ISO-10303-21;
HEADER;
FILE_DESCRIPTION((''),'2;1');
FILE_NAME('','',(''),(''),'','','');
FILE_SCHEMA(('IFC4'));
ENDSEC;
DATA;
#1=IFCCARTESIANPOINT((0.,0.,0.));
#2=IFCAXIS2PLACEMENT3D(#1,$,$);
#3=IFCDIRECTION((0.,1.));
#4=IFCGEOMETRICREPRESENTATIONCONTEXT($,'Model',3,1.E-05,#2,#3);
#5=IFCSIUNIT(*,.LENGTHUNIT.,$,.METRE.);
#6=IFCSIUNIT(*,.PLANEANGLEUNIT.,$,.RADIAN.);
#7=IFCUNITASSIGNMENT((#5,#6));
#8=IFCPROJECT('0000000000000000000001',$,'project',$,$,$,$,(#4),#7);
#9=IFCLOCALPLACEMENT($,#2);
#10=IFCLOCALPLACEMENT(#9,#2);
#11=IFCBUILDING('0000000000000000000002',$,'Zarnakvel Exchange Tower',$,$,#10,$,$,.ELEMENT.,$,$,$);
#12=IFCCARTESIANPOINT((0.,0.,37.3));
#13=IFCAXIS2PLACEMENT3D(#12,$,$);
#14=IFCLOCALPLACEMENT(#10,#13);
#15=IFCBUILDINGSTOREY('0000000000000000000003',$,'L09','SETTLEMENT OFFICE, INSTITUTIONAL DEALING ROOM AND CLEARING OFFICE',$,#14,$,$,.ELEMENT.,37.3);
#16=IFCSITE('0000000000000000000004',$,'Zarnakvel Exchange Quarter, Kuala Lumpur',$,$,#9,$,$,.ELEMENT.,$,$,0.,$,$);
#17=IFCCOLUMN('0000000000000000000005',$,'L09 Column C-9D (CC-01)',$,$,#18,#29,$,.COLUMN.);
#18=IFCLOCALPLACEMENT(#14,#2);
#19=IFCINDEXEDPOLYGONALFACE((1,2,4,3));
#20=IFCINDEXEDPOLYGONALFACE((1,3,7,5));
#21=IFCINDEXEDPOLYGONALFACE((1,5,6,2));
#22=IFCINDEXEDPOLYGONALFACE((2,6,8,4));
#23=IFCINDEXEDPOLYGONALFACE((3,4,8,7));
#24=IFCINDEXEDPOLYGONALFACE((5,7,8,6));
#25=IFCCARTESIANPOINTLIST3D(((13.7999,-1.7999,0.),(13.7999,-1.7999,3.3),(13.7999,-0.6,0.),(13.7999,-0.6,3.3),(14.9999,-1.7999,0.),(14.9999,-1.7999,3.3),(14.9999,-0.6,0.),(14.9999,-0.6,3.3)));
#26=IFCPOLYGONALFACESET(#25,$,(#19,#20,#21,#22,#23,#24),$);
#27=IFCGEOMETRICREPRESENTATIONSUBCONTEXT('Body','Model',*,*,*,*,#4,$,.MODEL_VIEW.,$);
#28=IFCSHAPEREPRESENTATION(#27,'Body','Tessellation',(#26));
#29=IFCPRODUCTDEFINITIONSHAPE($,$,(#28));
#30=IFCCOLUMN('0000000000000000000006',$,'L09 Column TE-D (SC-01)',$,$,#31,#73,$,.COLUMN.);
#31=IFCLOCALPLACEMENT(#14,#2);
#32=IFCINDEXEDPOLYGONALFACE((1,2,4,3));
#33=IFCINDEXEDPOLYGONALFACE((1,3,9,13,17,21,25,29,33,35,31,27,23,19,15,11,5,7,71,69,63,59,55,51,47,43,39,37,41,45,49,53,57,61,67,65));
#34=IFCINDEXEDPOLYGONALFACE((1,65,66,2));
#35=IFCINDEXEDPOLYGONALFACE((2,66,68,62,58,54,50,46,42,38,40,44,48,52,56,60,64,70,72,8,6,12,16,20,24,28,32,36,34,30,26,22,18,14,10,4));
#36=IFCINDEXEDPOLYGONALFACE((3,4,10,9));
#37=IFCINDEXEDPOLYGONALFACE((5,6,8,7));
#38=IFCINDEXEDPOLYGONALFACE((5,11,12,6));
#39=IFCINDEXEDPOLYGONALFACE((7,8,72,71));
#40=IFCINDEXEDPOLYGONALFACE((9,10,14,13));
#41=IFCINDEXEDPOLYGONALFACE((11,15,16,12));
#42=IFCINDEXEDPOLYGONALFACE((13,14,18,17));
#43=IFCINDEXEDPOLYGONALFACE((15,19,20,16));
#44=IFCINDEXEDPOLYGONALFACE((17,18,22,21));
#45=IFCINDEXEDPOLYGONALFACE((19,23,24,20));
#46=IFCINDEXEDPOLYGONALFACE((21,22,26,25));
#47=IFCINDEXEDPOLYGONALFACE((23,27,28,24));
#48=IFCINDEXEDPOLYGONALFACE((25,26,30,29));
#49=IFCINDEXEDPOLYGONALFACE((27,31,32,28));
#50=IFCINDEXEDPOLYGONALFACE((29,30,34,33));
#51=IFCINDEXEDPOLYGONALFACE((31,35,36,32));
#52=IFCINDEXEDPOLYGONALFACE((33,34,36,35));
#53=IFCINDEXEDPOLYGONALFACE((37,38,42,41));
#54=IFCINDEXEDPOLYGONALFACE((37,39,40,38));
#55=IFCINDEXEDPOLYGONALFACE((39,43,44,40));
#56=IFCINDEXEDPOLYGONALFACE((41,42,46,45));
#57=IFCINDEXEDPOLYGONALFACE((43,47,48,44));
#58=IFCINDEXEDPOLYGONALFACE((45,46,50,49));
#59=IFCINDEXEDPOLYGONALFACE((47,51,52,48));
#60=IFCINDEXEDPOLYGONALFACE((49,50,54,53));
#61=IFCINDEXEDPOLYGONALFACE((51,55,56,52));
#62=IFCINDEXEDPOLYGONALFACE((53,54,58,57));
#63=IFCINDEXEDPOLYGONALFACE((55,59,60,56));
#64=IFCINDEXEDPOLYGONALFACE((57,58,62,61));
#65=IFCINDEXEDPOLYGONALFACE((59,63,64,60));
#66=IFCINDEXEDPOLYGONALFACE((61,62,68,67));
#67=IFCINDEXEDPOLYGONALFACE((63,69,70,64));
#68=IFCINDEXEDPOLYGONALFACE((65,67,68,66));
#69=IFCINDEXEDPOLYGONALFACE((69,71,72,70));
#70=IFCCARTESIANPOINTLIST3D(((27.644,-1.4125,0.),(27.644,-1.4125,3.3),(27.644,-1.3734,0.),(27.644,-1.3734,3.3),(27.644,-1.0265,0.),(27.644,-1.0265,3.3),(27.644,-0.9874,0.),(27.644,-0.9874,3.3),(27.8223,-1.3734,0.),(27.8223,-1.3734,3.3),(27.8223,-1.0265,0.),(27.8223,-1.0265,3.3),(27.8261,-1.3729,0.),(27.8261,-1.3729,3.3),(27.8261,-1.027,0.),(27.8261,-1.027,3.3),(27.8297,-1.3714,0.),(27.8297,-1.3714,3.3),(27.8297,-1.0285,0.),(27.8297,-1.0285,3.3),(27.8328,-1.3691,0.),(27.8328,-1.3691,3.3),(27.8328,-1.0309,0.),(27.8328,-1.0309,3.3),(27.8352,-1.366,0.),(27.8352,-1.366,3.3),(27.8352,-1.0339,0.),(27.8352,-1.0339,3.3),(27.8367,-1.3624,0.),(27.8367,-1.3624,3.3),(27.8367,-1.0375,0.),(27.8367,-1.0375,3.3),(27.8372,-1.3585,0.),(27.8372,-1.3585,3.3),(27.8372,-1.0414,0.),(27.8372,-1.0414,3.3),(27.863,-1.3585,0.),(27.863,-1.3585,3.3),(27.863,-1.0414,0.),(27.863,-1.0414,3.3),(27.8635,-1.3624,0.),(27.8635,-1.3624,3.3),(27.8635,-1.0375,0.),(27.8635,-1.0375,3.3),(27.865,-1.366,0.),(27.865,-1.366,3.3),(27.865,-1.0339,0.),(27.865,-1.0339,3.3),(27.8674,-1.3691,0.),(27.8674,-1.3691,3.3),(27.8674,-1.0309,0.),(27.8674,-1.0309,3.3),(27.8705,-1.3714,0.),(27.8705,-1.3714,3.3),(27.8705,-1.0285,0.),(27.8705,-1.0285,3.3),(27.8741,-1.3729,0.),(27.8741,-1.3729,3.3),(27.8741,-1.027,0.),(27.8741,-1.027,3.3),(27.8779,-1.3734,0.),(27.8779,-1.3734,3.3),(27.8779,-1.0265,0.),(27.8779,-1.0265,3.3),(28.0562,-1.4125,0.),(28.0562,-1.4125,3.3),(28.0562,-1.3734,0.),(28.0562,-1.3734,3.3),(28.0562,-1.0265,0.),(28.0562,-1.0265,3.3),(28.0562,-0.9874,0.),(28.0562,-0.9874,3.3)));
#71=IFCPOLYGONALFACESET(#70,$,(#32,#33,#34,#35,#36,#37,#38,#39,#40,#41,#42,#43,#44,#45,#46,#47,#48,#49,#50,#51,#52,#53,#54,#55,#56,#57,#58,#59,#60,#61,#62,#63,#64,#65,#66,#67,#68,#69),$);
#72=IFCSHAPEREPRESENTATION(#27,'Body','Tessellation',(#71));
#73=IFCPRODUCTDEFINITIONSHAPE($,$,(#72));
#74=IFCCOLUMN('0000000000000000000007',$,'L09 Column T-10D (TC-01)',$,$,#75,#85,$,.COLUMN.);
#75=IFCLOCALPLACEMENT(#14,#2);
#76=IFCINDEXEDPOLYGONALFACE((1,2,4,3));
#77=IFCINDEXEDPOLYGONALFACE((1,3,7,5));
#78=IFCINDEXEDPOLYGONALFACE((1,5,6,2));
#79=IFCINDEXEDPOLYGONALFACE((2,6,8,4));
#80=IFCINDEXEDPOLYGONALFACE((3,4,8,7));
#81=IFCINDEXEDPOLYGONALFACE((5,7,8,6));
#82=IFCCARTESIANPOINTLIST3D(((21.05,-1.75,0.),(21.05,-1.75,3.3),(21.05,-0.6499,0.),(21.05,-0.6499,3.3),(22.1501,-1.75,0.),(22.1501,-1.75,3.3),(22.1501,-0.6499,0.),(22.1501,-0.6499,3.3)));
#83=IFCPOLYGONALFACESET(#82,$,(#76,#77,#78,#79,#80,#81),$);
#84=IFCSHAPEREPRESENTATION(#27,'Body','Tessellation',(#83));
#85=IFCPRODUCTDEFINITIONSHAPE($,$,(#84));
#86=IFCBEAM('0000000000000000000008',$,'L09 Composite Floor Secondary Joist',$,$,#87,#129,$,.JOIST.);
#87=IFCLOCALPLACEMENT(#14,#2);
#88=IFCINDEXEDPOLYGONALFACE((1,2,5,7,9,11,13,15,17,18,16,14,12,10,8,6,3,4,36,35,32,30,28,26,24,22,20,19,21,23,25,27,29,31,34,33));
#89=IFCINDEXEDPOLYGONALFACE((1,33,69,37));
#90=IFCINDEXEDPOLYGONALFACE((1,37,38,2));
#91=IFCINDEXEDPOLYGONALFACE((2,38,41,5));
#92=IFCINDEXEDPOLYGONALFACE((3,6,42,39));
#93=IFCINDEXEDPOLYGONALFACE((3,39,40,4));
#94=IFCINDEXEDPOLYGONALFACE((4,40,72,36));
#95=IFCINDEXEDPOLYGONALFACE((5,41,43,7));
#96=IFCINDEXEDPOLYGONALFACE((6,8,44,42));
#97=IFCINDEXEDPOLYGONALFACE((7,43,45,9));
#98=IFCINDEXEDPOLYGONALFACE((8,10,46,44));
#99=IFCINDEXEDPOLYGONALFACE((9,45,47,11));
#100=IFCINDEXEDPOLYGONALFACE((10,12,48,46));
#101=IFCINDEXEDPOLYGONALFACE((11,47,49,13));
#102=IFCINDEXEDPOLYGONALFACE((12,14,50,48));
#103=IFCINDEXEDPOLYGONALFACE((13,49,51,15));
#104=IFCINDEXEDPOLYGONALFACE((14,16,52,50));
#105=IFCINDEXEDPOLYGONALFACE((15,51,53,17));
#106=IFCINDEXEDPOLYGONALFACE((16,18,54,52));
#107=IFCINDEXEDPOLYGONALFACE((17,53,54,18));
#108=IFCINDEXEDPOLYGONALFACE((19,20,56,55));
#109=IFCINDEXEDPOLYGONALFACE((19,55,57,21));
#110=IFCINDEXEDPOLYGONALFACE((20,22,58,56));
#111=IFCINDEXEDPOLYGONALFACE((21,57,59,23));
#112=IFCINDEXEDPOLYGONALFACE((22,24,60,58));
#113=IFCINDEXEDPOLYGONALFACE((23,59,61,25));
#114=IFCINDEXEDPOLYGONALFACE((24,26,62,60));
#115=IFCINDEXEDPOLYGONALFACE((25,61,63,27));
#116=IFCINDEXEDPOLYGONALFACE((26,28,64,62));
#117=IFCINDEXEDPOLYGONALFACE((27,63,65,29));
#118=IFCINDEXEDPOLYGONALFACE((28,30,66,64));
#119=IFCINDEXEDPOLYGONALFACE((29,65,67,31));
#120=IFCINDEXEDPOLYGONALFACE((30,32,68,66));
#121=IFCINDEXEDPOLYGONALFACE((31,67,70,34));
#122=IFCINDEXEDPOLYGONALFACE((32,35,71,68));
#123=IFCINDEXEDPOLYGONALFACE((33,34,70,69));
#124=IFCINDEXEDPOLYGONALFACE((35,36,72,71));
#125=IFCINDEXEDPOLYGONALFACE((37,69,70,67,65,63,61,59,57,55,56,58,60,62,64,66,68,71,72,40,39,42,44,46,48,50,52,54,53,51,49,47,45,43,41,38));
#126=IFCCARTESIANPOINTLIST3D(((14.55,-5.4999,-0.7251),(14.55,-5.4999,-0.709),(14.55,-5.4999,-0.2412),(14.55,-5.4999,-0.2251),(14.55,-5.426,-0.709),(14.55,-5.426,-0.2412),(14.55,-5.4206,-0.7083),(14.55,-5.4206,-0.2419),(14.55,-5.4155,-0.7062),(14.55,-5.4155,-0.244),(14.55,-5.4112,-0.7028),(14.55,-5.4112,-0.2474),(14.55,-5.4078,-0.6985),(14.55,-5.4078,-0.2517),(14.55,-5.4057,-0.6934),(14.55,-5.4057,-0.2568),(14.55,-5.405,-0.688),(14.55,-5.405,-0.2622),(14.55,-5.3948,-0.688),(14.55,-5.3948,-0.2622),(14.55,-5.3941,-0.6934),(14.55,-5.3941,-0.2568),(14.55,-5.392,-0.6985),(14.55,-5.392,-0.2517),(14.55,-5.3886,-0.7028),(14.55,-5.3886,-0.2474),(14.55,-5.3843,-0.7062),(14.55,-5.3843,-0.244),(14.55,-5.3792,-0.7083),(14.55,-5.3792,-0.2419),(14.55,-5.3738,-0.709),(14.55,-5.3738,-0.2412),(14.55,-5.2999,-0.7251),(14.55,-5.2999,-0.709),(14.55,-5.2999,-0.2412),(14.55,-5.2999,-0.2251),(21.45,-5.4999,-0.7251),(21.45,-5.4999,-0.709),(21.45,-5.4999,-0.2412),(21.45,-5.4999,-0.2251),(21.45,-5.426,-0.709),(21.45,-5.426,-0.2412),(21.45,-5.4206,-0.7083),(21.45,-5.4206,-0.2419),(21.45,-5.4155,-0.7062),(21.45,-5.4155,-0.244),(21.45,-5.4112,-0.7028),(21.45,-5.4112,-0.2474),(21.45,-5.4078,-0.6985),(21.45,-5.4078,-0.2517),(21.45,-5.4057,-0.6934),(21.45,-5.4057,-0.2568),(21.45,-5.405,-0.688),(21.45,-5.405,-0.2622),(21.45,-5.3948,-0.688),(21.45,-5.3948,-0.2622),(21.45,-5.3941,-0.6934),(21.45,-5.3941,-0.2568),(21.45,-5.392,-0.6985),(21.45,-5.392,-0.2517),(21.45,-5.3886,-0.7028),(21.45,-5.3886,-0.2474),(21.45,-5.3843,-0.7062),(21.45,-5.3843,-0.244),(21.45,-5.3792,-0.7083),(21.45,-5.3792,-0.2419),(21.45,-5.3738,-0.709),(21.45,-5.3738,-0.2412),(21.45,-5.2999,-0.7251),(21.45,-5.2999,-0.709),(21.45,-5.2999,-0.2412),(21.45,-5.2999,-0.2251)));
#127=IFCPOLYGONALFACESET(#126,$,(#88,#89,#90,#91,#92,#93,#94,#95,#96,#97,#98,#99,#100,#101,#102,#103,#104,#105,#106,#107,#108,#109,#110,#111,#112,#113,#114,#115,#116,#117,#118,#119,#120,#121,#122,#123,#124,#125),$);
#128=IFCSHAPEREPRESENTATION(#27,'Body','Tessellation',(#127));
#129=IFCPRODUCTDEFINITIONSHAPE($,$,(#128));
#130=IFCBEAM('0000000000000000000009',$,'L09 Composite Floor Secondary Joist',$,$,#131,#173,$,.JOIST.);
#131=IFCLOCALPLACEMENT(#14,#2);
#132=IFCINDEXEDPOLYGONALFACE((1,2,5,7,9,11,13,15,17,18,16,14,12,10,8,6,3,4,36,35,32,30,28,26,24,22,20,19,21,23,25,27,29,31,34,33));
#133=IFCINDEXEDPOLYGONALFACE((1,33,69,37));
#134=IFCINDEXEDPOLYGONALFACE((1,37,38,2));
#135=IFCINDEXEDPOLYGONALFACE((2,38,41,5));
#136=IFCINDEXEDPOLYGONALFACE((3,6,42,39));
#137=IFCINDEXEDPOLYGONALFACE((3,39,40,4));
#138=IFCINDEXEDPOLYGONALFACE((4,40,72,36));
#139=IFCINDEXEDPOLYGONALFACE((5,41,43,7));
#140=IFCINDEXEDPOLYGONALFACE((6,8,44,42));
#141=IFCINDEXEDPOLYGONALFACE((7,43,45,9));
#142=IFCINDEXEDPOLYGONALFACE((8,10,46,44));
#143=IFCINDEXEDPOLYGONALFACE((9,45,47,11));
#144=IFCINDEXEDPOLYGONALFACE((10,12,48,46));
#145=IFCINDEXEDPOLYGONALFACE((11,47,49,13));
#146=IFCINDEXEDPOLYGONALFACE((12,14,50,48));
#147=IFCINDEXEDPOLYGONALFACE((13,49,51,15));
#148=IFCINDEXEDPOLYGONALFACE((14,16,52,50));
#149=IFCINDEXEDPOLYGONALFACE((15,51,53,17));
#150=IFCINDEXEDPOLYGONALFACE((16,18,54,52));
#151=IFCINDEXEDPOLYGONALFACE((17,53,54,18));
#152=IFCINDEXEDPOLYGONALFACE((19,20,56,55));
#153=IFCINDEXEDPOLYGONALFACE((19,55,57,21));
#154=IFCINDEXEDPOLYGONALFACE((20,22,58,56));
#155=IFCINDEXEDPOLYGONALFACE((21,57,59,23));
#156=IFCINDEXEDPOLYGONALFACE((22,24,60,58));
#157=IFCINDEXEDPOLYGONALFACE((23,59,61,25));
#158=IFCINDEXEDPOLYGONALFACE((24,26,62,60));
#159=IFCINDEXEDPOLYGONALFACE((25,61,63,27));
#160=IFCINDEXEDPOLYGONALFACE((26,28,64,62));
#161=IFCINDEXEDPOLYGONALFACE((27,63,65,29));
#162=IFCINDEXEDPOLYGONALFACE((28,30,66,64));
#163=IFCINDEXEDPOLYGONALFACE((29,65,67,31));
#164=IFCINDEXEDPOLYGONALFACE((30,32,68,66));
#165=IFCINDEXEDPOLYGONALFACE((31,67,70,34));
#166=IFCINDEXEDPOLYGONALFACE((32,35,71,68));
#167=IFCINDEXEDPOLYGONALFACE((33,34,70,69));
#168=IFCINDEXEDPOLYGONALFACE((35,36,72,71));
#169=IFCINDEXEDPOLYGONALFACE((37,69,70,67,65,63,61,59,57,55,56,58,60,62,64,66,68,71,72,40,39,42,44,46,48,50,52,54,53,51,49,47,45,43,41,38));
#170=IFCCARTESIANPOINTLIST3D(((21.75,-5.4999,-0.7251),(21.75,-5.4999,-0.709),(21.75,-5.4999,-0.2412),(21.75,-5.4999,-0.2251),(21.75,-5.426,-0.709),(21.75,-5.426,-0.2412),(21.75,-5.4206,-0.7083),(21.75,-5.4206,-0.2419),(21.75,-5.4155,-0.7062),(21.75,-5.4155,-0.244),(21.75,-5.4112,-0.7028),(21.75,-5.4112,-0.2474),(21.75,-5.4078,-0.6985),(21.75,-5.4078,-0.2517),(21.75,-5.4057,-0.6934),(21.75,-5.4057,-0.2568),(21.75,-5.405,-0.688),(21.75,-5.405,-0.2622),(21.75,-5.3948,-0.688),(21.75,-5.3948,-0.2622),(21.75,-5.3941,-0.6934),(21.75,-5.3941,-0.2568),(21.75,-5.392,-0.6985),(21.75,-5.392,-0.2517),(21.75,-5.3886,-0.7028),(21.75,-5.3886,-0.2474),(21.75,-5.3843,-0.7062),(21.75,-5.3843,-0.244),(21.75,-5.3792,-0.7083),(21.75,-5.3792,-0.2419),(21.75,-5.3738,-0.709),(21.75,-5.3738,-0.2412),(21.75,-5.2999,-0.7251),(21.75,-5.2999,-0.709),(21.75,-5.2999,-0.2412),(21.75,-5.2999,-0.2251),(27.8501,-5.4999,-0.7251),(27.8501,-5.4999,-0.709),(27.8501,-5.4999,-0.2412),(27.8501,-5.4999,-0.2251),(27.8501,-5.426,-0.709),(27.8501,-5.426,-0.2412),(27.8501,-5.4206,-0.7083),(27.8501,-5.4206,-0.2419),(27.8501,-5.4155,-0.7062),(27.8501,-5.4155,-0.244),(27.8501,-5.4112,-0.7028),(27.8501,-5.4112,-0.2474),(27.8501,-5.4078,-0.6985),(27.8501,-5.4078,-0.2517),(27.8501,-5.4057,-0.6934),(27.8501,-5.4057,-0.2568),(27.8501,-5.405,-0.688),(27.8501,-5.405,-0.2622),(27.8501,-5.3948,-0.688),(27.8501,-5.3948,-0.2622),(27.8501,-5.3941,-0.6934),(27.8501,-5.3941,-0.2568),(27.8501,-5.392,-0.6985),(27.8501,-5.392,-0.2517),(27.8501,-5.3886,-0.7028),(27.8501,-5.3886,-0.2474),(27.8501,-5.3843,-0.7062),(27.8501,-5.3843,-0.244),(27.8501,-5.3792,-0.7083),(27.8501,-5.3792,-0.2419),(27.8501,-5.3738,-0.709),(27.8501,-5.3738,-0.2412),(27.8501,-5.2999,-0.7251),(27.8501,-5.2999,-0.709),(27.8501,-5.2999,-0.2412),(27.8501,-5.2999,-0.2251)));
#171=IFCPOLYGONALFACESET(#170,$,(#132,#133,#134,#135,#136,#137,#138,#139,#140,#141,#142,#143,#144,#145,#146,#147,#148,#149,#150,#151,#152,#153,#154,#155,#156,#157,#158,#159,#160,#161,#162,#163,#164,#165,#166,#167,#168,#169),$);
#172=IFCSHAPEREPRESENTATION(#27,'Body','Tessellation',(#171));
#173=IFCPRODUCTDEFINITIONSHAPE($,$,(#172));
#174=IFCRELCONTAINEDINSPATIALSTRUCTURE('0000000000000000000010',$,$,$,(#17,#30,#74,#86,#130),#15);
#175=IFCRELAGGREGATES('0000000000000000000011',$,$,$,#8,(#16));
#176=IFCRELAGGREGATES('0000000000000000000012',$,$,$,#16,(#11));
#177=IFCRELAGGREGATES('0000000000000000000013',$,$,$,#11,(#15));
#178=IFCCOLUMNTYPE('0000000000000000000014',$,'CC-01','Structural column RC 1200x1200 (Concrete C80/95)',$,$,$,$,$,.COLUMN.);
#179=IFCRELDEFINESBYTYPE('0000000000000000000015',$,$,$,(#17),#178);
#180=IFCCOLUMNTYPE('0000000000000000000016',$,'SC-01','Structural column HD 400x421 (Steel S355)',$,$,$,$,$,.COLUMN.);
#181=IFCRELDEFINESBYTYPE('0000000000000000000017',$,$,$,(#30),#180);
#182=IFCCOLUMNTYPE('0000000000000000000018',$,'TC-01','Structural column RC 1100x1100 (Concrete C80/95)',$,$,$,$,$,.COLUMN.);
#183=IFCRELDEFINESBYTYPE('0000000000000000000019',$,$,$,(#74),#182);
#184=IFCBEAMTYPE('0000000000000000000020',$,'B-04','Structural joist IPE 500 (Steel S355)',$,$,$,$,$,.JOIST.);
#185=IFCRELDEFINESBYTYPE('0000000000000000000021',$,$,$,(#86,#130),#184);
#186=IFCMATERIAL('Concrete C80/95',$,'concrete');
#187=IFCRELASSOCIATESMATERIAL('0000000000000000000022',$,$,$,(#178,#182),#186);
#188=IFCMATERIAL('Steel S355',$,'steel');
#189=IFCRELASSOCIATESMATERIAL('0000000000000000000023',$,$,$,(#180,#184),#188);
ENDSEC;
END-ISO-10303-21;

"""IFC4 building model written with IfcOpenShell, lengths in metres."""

from ifc_helpers import new_model, si_unit, direction, frame, origin, origin_2d, place, context, subcontext, project, spatial, rectangle, i_section, extrude, material, material_profile, profile_set, type_object, element, save


model = new_model("IFC4")

# Units and contexts
model_context = context("Model", 3, precision=1e-05, world=origin(), true_north=direction((0.0, 1.0)))
body_context = subcontext(model_context, "Body", "Model", "MODEL_VIEW")
ifc_project = project(units=[si_unit("LENGTHUNIT", "METRE"), si_unit("PLANEANGLEUNIT", "RADIAN")], contexts=[model_context])

# Site, building, storey
site_placement = place(None, origin())
site = spatial("IfcSite", under=ifc_project, at=site_placement, Name="Zarnakvel Exchange Quarter, Kuala Lumpur", CompositionType="ELEMENT", RefElevation=0.0)
building_placement = place(site_placement, origin())
building = spatial("IfcBuilding", under=site, at=building_placement, Name="Zarnakvel Exchange Tower", CompositionType="ELEMENT")
storey_placement = place(building_placement, frame((0.0, 0.0, 37.3)))
storey = spatial("IfcBuildingStorey", under=building, at=storey_placement, Name="L09", Description="SETTLEMENT OFFICE, INSTITUTIONAL DEALING ROOM AND CLEARING OFFICE", CompositionType="ELEMENT", Elevation=37.3)

# Columns
ifc_material_1 = material(Name="Concrete C80/95", Category="concrete")
ifc_material_profile_1 = material_profile(ifc_material_1, rectangle(XDim=1.2, YDim=1.2, at=origin_2d()))
ifc_profile_set_1 = profile_set([ifc_material_profile_1], Name="Concrete C80/95")
column_type_1 = type_object("IfcColumnType", Name="CC-01", Description="Structural column RC 1200x1200 (Concrete C80/95)", PredefinedType="COLUMN", material=ifc_profile_set_1)
column_1_placement = place(storey_placement, frame((14.3999, -1.2, 0.0), z_axis=(0.0, 0.0, 1.0), x_axis=(1.0, 0.0, 0.0)))
element("IfcColumn", 1, at=column_1_placement, inside=storey, type_object=column_type_1, Name="L09 Column C-9D (CC-01)", PredefinedType="COLUMN", context=body_context, shape_type="SweptSolid", body=[
    extrude(rectangle(XDim=1.2, YDim=1.2, at=origin_2d()), origin(), (0.0, 0.0, 1.0), 3.3),
])
ifc_material_2 = material(Name="Steel S355", Category="steel")
ifc_material_profile_2 = material_profile(ifc_material_2, i_section(OverallWidth=0.4121, OverallDepth=0.425, WebThickness=0.0259, FlangeThickness=0.0391, FilletRadius=0.0149, at=origin_2d()))
ifc_profile_set_2 = profile_set([ifc_material_profile_2], Name="Steel S355")
column_type_2 = type_object("IfcColumnType", Name="SC-01", Description="Structural column HD 400x421 (Steel S355)", PredefinedType="COLUMN", material=ifc_profile_set_2)
column_2_placement = place(storey_placement, frame((27.8501, -1.2, 0.0), z_axis=(0.0, 0.0, 1.0), x_axis=(1.0, 0.0, 0.0)))
element("IfcColumn", 2, at=column_2_placement, inside=storey, type_object=column_type_2, Name="L09 Column TE-D (SC-01)", PredefinedType="COLUMN", context=body_context, shape_type="SweptSolid", body=[
    extrude(i_section(OverallWidth=0.4121, OverallDepth=0.425, WebThickness=0.0259, FlangeThickness=0.0391, FilletRadius=0.0149, at=origin_2d()), origin(), (0.0, 0.0, 1.0), 3.3),
])
ifc_material_profile_3 = material_profile(ifc_material_1, rectangle(XDim=1.1001, YDim=1.1001, at=origin_2d()))
ifc_profile_set_3 = profile_set([ifc_material_profile_3], Name="Concrete C80/95")
column_type_3 = type_object("IfcColumnType", Name="TC-01", Description="Structural column RC 1100x1100 (Concrete C80/95)", PredefinedType="COLUMN", material=ifc_profile_set_3)
column_3_placement = place(storey_placement, frame((21.6001, -1.2, 0.0), z_axis=(0.0, 0.0, 1.0), x_axis=(1.0, 0.0, 0.0)))
element("IfcColumn", 3, at=column_3_placement, inside=storey, type_object=column_type_3, Name="L09 Column T-10D (TC-01)", PredefinedType="COLUMN", context=body_context, shape_type="SweptSolid", body=[
    extrude(rectangle(XDim=1.1001, YDim=1.1001, at=origin_2d()), origin(), (0.0, 0.0, 1.0), 3.3),
])

# Beams
ifc_material_profile_4 = material_profile(ifc_material_2, i_section(OverallWidth=0.2, OverallDepth=0.5, WebThickness=0.0103, FlangeThickness=0.0161, FilletRadius=0.021, at=origin_2d()))
ifc_profile_set_4 = profile_set([ifc_material_profile_4], Name="Steel S355")
beam_type_1 = type_object("IfcBeamType", Name="B-04", Description="Structural joist IPE 500 (Steel S355)", PredefinedType="JOIST", material=ifc_profile_set_4)
beam_1_placement = place(storey_placement, frame((14.55, -5.3999, -0.4751), z_axis=(1.0, 0.0, 0.0), x_axis=(0.0, 1.0, 0.0)))
element("IfcBeam", 4, at=beam_1_placement, inside=storey, type_object=beam_type_1, Name="L09 Composite Floor Secondary Joist", PredefinedType="JOIST", context=body_context, shape_type="SweptSolid", body=[
    extrude(i_section(OverallWidth=0.2, OverallDepth=0.5, WebThickness=0.0103, FlangeThickness=0.0161, FilletRadius=0.021, at=origin_2d()), origin(), (0.0, 0.0, 1.0), 6.8999),
])
beam_2_placement = place(storey_placement, frame((21.75, -5.3999, -0.4751), z_axis=(1.0, 0.0, 0.0), x_axis=(0.0, 1.0, 0.0)))
element("IfcBeam", 5, at=beam_2_placement, inside=storey, type_object=beam_type_1, Name="L09 Composite Floor Secondary Joist", PredefinedType="JOIST", context=body_context, shape_type="SweptSolid", body=[
    extrude(i_section(OverallWidth=0.2, OverallDepth=0.5, WebThickness=0.0103, FlangeThickness=0.0161, FilletRadius=0.021, at=origin_2d()), origin(), (0.0, 0.0, 1.0), 6.1001),
])

save(model, "model.ifc")
